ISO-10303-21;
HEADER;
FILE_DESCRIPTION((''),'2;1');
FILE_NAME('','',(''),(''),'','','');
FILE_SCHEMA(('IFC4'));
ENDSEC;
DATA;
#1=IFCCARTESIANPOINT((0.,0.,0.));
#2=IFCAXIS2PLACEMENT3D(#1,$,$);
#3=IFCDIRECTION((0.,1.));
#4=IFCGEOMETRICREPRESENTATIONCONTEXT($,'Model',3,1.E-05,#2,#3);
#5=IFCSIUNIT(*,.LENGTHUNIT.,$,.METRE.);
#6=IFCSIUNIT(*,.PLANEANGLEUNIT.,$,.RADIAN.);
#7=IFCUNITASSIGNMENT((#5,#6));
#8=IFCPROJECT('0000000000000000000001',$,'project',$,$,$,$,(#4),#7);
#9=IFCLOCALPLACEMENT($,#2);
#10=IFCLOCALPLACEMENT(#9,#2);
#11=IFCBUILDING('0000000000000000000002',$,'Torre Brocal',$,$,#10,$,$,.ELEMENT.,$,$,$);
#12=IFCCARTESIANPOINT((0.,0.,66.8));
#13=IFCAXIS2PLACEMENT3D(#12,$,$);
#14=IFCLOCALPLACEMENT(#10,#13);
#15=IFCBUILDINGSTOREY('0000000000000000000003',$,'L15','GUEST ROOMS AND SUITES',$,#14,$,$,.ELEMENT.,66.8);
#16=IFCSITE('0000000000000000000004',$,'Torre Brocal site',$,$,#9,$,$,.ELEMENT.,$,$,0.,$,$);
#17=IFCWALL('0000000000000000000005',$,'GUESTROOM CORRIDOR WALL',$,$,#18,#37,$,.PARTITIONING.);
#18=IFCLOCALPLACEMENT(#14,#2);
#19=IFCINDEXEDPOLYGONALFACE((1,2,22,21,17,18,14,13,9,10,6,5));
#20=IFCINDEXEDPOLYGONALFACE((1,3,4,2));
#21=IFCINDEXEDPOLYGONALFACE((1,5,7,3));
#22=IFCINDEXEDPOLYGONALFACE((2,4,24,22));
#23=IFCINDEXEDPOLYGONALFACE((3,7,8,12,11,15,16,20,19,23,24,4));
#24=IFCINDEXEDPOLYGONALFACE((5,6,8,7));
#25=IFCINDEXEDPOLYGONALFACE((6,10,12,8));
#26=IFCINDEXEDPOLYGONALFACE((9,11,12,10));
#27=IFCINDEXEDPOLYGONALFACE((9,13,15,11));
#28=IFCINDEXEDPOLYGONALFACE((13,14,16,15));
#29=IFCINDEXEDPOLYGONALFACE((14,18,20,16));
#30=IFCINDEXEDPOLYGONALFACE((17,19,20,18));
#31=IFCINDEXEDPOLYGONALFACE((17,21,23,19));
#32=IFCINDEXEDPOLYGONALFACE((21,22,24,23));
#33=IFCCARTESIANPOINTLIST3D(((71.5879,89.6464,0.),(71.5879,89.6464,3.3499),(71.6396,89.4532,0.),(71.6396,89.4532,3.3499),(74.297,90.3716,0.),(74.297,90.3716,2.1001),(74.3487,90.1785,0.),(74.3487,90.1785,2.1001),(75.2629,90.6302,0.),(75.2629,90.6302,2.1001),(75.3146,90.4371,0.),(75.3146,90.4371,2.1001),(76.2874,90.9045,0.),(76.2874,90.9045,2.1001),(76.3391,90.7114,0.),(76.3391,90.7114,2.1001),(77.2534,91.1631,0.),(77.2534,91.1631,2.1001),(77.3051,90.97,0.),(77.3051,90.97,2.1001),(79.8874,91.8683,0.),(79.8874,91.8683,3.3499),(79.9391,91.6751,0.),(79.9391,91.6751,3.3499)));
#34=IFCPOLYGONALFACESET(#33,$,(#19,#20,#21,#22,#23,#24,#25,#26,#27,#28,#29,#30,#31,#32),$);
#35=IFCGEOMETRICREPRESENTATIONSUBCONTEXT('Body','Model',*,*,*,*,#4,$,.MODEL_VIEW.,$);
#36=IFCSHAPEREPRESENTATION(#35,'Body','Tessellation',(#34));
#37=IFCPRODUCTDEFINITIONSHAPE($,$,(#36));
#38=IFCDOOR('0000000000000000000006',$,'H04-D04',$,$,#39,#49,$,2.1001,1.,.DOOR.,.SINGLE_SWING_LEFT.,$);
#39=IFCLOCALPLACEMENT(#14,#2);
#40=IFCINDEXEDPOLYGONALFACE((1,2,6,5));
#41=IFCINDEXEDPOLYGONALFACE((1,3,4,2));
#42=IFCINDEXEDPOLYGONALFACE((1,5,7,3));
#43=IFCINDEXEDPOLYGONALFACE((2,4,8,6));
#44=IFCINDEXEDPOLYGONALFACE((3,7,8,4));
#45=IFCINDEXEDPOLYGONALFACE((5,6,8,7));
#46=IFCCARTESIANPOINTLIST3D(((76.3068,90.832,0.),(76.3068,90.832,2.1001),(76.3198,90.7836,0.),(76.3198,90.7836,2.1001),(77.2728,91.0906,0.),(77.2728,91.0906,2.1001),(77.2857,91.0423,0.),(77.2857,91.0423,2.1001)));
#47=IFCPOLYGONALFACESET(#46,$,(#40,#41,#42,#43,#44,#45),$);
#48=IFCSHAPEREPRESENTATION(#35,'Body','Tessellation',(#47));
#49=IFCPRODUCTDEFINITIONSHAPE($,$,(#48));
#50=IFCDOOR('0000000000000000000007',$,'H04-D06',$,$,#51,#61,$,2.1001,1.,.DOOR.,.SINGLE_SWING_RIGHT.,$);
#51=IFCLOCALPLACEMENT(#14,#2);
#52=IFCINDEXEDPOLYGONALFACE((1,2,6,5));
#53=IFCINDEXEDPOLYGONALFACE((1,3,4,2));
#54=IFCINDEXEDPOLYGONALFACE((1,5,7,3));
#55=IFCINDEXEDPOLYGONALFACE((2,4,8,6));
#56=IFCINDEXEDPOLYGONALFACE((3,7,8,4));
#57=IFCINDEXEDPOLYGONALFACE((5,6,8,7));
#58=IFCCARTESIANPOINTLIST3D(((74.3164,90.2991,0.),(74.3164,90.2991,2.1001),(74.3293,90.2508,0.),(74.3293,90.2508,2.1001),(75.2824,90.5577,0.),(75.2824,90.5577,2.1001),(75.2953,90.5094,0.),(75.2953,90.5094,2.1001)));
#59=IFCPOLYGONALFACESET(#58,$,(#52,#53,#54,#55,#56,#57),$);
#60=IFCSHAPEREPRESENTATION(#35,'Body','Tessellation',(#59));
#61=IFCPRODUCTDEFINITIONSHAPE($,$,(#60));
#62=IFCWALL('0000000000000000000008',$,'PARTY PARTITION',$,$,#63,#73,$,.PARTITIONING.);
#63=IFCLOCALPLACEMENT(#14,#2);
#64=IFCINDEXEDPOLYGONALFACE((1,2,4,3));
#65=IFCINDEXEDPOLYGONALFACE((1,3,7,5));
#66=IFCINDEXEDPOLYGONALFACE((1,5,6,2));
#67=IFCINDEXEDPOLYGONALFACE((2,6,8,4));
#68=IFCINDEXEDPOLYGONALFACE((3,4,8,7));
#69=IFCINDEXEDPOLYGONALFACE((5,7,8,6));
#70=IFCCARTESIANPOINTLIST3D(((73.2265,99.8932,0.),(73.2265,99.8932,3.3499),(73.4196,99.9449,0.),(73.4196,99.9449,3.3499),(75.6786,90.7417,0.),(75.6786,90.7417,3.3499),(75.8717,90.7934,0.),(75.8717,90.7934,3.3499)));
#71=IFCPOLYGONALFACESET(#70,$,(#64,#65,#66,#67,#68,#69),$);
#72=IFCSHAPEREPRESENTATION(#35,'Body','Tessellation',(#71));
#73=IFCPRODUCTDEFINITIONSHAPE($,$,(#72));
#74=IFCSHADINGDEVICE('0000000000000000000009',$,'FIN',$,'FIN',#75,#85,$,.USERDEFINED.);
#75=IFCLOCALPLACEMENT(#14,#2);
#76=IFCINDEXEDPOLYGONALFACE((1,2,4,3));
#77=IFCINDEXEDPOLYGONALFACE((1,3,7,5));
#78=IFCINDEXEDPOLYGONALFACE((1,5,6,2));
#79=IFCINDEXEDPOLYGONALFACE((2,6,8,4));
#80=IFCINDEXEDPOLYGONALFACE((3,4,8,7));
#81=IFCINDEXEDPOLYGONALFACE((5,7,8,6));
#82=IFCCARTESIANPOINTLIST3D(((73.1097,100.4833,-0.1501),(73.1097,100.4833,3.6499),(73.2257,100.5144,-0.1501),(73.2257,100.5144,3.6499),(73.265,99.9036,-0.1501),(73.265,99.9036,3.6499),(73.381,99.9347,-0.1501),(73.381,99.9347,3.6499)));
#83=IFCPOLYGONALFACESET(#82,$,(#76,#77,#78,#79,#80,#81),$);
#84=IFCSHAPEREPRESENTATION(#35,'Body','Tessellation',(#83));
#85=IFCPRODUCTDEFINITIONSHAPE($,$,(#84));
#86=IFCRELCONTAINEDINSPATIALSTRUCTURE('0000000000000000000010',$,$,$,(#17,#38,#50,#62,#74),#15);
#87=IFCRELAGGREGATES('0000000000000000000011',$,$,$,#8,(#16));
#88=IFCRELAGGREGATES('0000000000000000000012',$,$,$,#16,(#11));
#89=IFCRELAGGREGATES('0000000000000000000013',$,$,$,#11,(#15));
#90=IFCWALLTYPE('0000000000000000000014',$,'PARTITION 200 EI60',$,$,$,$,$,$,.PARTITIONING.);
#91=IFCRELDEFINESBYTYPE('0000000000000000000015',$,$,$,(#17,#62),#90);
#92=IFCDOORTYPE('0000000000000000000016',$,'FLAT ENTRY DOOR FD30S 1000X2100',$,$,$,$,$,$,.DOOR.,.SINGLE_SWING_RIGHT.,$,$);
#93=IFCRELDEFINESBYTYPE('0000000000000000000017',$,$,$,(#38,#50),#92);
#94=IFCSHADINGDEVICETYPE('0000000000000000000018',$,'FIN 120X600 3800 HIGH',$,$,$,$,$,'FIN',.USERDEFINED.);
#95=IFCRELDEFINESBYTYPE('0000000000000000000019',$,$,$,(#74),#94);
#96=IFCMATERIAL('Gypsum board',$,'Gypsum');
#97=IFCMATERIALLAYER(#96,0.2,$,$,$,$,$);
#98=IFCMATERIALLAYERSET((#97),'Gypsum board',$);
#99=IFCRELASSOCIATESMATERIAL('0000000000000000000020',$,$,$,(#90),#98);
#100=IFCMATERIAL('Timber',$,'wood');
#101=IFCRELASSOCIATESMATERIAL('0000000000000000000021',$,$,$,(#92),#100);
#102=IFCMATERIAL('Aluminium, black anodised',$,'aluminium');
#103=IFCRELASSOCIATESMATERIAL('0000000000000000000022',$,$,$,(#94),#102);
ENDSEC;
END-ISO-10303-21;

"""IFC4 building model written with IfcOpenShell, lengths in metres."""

from ifc_helpers import new_model, si_unit, direction, frame, frame_2d, origin, origin_2d, place, context, subcontext, project, spatial, rectangle, extrude, material, layer, layer_set, material_profile, profile_set, type_object, element, fill, save


model = new_model("IFC4")

# Units and contexts
model_context = context("Model", 3, precision=1e-05, world=origin(), true_north=direction((0.0, 1.0)))
body_context = subcontext(model_context, "Body", "Model", "MODEL_VIEW")
ifc_project = project(units=[si_unit("LENGTHUNIT", "METRE"), si_unit("PLANEANGLEUNIT", "RADIAN")], contexts=[model_context])

# Site, building, storey
site_placement = place(None, origin())
site = spatial("IfcSite", under=ifc_project, at=site_placement, Name="Torre Brocal site", CompositionType="ELEMENT", RefElevation=0.0)
building_placement = place(site_placement, origin())
building = spatial("IfcBuilding", under=site, at=building_placement, Name="Torre Brocal", CompositionType="ELEMENT")
storey_placement = place(building_placement, frame((0.0, 0.0, 66.8)))
storey = spatial("IfcBuildingStorey", under=building, at=storey_placement, Name="L15", Description="GUEST ROOMS AND SUITES", CompositionType="ELEMENT", Elevation=66.8)

# Wall, openings, doors
ifc_material_1 = material(Name="Gypsum board", Category="Gypsum")
ifc_layer_1 = layer(ifc_material_1, 0.2)
ifc_layer_set_1 = layer_set([ifc_layer_1], Name="Gypsum board")
wall_type_1 = type_object("IfcWallType", Name="PARTITION 200 EI60", PredefinedType="PARTITIONING", material=ifc_layer_set_1)
wall_1_placement = place(storey_placement, frame((71.6138, 89.5498, 0.0), z_axis=(0.0, 0.0, 1.0), x_axis=(0.965982, 0.258609, 0.0)))
wall_1 = element("IfcWall", 1, at=wall_1_placement, inside=storey, type_object=wall_type_1, Name="GUESTROOM CORRIDOR WALL", PredefinedType="PARTITIONING", context=body_context, shape_type="SweptSolid", body=[
    extrude(rectangle(XDim=8.5918, YDim=0.2, at=frame_2d((4.2959, 0.0))), origin(), (0.0, 0.0, 1.0), 3.3499),
])
opening_1_placement = place(wall_1_placement, frame((4.865, 0.0, 0.0)))
opening_1 = element("IfcOpeningElement", 2, at=opening_1_placement, cuts=wall_1, PredefinedType="OPENING", context=body_context, shape_type="SweptSolid", body=[
    extrude(rectangle(XDim=1.0, YDim=2.1001, at=frame_2d((0.5, 1.05))), frame((0.0, 0.1099, 0.0), z_axis=(0.0, -1.0, 0.0), x_axis=(1.0, 0.0, 0.0)), (0.0, 0.0, 1.0), 0.22),
])
opening_2_placement = place(wall_1_placement, frame((2.8044, 0.0, 0.0)))
opening_2 = element("IfcOpeningElement", 3, at=opening_2_placement, cuts=wall_1, PredefinedType="OPENING", context=body_context, shape_type="SweptSolid", body=[
    extrude(rectangle(XDim=1.0, YDim=2.1001, at=frame_2d((0.5, 1.05))), frame((0.0, 0.1099, 0.0), z_axis=(0.0, -1.0, 0.0), x_axis=(1.0, 0.0, 0.0)), (0.0, 0.0, 1.0), 0.22),
])
ifc_material_2 = material(Name="Timber", Category="wood")
door_type_1 = type_object("IfcDoorType", Name="FLAT ENTRY DOOR FD30S 1000X2100", OperationType="SINGLE_SWING_RIGHT", PredefinedType="DOOR", material=ifc_material_2)
door_1_placement = place(opening_1_placement, origin())
door_1 = element("IfcDoor", 4, at=door_1_placement, inside=storey, type_object=door_type_1, Name="H04-D04", OperationType="SINGLE_SWING_LEFT", OverallHeight=2.1001, OverallWidth=1.0, PredefinedType="DOOR", context=body_context, shape_type="SweptSolid", body=[
    extrude(rectangle(XDim=1.0, YDim=2.1001, at=frame_2d((0.5, 1.05))), frame((0.0, 0.0249, 0.0), z_axis=(0.0, -1.0, 0.0), x_axis=(1.0, 0.0, 0.0)), (0.0, 0.0, 1.0), 0.05),
])
fill(opening_1, door_1)
door_2_placement = place(opening_2_placement, origin())
door_2 = element("IfcDoor", 5, at=door_2_placement, inside=storey, type_object=door_type_1, Name="H04-D06", OperationType="SINGLE_SWING_RIGHT", OverallHeight=2.1001, OverallWidth=1.0, PredefinedType="DOOR", context=body_context, shape_type="SweptSolid", body=[
    extrude(rectangle(XDim=1.0, YDim=2.1001, at=frame_2d((0.5, 1.05))), frame((0.0, 0.0249, 0.0), z_axis=(0.0, -1.0, 0.0), x_axis=(1.0, 0.0, 0.0)), (0.0, 0.0, 1.0), 0.05),
])
fill(opening_2, door_2)

# Wall
wall_2_placement = place(storey_placement, frame((73.323, 99.9192, 0.0), z_axis=(0.0, 0.0, 1.0), x_axis=(0.258817, -0.965926, 0.0)))
element("IfcWall", 6, at=wall_2_placement, inside=storey, type_object=wall_type_1, Name="PARTY PARTITION", PredefinedType="PARTITIONING", context=body_context, shape_type="SweptSolid", body=[
    extrude(rectangle(XDim=9.4744, YDim=0.2, at=frame_2d((4.7373, 0.0))), origin(), (0.0, 0.0, 1.0), 3.3499),
])

# Shading device
ifc_material_3 = material(Name="Aluminium, black anodised", Category="aluminium")
ifc_material_profile_1 = material_profile(ifc_material_3, rectangle(XDim=0.1201, YDim=0.6001, at=origin_2d()), Name="FIN 120X600 3800 HIGH")
ifc_profile_set_1 = profile_set([ifc_material_profile_1], Name="Aluminium, black anodised")
shading_device_type = type_object("IfcShadingDeviceType", Name="FIN 120X600 3800 HIGH", ElementType="FIN", PredefinedType="USERDEFINED", material=ifc_profile_set_1)
shading_device_placement = place(storey_placement, frame((73.2454, 100.209, -0.1501), z_axis=(0.0, 0.0, 1.0), x_axis=(-0.965926, -0.258819, 0.0)))
element("IfcShadingDevice", 7, at=shading_device_placement, inside=storey, type_object=shading_device_type, Name="FIN", ObjectType="FIN", PredefinedType="USERDEFINED", context=body_context, shape_type="SweptSolid", body=[
    extrude(rectangle(XDim=0.1201, YDim=0.6001, at=origin_2d()), origin(), (0.0, 0.0, 1.0), 3.8),
])

save(model, "model.ifc")
